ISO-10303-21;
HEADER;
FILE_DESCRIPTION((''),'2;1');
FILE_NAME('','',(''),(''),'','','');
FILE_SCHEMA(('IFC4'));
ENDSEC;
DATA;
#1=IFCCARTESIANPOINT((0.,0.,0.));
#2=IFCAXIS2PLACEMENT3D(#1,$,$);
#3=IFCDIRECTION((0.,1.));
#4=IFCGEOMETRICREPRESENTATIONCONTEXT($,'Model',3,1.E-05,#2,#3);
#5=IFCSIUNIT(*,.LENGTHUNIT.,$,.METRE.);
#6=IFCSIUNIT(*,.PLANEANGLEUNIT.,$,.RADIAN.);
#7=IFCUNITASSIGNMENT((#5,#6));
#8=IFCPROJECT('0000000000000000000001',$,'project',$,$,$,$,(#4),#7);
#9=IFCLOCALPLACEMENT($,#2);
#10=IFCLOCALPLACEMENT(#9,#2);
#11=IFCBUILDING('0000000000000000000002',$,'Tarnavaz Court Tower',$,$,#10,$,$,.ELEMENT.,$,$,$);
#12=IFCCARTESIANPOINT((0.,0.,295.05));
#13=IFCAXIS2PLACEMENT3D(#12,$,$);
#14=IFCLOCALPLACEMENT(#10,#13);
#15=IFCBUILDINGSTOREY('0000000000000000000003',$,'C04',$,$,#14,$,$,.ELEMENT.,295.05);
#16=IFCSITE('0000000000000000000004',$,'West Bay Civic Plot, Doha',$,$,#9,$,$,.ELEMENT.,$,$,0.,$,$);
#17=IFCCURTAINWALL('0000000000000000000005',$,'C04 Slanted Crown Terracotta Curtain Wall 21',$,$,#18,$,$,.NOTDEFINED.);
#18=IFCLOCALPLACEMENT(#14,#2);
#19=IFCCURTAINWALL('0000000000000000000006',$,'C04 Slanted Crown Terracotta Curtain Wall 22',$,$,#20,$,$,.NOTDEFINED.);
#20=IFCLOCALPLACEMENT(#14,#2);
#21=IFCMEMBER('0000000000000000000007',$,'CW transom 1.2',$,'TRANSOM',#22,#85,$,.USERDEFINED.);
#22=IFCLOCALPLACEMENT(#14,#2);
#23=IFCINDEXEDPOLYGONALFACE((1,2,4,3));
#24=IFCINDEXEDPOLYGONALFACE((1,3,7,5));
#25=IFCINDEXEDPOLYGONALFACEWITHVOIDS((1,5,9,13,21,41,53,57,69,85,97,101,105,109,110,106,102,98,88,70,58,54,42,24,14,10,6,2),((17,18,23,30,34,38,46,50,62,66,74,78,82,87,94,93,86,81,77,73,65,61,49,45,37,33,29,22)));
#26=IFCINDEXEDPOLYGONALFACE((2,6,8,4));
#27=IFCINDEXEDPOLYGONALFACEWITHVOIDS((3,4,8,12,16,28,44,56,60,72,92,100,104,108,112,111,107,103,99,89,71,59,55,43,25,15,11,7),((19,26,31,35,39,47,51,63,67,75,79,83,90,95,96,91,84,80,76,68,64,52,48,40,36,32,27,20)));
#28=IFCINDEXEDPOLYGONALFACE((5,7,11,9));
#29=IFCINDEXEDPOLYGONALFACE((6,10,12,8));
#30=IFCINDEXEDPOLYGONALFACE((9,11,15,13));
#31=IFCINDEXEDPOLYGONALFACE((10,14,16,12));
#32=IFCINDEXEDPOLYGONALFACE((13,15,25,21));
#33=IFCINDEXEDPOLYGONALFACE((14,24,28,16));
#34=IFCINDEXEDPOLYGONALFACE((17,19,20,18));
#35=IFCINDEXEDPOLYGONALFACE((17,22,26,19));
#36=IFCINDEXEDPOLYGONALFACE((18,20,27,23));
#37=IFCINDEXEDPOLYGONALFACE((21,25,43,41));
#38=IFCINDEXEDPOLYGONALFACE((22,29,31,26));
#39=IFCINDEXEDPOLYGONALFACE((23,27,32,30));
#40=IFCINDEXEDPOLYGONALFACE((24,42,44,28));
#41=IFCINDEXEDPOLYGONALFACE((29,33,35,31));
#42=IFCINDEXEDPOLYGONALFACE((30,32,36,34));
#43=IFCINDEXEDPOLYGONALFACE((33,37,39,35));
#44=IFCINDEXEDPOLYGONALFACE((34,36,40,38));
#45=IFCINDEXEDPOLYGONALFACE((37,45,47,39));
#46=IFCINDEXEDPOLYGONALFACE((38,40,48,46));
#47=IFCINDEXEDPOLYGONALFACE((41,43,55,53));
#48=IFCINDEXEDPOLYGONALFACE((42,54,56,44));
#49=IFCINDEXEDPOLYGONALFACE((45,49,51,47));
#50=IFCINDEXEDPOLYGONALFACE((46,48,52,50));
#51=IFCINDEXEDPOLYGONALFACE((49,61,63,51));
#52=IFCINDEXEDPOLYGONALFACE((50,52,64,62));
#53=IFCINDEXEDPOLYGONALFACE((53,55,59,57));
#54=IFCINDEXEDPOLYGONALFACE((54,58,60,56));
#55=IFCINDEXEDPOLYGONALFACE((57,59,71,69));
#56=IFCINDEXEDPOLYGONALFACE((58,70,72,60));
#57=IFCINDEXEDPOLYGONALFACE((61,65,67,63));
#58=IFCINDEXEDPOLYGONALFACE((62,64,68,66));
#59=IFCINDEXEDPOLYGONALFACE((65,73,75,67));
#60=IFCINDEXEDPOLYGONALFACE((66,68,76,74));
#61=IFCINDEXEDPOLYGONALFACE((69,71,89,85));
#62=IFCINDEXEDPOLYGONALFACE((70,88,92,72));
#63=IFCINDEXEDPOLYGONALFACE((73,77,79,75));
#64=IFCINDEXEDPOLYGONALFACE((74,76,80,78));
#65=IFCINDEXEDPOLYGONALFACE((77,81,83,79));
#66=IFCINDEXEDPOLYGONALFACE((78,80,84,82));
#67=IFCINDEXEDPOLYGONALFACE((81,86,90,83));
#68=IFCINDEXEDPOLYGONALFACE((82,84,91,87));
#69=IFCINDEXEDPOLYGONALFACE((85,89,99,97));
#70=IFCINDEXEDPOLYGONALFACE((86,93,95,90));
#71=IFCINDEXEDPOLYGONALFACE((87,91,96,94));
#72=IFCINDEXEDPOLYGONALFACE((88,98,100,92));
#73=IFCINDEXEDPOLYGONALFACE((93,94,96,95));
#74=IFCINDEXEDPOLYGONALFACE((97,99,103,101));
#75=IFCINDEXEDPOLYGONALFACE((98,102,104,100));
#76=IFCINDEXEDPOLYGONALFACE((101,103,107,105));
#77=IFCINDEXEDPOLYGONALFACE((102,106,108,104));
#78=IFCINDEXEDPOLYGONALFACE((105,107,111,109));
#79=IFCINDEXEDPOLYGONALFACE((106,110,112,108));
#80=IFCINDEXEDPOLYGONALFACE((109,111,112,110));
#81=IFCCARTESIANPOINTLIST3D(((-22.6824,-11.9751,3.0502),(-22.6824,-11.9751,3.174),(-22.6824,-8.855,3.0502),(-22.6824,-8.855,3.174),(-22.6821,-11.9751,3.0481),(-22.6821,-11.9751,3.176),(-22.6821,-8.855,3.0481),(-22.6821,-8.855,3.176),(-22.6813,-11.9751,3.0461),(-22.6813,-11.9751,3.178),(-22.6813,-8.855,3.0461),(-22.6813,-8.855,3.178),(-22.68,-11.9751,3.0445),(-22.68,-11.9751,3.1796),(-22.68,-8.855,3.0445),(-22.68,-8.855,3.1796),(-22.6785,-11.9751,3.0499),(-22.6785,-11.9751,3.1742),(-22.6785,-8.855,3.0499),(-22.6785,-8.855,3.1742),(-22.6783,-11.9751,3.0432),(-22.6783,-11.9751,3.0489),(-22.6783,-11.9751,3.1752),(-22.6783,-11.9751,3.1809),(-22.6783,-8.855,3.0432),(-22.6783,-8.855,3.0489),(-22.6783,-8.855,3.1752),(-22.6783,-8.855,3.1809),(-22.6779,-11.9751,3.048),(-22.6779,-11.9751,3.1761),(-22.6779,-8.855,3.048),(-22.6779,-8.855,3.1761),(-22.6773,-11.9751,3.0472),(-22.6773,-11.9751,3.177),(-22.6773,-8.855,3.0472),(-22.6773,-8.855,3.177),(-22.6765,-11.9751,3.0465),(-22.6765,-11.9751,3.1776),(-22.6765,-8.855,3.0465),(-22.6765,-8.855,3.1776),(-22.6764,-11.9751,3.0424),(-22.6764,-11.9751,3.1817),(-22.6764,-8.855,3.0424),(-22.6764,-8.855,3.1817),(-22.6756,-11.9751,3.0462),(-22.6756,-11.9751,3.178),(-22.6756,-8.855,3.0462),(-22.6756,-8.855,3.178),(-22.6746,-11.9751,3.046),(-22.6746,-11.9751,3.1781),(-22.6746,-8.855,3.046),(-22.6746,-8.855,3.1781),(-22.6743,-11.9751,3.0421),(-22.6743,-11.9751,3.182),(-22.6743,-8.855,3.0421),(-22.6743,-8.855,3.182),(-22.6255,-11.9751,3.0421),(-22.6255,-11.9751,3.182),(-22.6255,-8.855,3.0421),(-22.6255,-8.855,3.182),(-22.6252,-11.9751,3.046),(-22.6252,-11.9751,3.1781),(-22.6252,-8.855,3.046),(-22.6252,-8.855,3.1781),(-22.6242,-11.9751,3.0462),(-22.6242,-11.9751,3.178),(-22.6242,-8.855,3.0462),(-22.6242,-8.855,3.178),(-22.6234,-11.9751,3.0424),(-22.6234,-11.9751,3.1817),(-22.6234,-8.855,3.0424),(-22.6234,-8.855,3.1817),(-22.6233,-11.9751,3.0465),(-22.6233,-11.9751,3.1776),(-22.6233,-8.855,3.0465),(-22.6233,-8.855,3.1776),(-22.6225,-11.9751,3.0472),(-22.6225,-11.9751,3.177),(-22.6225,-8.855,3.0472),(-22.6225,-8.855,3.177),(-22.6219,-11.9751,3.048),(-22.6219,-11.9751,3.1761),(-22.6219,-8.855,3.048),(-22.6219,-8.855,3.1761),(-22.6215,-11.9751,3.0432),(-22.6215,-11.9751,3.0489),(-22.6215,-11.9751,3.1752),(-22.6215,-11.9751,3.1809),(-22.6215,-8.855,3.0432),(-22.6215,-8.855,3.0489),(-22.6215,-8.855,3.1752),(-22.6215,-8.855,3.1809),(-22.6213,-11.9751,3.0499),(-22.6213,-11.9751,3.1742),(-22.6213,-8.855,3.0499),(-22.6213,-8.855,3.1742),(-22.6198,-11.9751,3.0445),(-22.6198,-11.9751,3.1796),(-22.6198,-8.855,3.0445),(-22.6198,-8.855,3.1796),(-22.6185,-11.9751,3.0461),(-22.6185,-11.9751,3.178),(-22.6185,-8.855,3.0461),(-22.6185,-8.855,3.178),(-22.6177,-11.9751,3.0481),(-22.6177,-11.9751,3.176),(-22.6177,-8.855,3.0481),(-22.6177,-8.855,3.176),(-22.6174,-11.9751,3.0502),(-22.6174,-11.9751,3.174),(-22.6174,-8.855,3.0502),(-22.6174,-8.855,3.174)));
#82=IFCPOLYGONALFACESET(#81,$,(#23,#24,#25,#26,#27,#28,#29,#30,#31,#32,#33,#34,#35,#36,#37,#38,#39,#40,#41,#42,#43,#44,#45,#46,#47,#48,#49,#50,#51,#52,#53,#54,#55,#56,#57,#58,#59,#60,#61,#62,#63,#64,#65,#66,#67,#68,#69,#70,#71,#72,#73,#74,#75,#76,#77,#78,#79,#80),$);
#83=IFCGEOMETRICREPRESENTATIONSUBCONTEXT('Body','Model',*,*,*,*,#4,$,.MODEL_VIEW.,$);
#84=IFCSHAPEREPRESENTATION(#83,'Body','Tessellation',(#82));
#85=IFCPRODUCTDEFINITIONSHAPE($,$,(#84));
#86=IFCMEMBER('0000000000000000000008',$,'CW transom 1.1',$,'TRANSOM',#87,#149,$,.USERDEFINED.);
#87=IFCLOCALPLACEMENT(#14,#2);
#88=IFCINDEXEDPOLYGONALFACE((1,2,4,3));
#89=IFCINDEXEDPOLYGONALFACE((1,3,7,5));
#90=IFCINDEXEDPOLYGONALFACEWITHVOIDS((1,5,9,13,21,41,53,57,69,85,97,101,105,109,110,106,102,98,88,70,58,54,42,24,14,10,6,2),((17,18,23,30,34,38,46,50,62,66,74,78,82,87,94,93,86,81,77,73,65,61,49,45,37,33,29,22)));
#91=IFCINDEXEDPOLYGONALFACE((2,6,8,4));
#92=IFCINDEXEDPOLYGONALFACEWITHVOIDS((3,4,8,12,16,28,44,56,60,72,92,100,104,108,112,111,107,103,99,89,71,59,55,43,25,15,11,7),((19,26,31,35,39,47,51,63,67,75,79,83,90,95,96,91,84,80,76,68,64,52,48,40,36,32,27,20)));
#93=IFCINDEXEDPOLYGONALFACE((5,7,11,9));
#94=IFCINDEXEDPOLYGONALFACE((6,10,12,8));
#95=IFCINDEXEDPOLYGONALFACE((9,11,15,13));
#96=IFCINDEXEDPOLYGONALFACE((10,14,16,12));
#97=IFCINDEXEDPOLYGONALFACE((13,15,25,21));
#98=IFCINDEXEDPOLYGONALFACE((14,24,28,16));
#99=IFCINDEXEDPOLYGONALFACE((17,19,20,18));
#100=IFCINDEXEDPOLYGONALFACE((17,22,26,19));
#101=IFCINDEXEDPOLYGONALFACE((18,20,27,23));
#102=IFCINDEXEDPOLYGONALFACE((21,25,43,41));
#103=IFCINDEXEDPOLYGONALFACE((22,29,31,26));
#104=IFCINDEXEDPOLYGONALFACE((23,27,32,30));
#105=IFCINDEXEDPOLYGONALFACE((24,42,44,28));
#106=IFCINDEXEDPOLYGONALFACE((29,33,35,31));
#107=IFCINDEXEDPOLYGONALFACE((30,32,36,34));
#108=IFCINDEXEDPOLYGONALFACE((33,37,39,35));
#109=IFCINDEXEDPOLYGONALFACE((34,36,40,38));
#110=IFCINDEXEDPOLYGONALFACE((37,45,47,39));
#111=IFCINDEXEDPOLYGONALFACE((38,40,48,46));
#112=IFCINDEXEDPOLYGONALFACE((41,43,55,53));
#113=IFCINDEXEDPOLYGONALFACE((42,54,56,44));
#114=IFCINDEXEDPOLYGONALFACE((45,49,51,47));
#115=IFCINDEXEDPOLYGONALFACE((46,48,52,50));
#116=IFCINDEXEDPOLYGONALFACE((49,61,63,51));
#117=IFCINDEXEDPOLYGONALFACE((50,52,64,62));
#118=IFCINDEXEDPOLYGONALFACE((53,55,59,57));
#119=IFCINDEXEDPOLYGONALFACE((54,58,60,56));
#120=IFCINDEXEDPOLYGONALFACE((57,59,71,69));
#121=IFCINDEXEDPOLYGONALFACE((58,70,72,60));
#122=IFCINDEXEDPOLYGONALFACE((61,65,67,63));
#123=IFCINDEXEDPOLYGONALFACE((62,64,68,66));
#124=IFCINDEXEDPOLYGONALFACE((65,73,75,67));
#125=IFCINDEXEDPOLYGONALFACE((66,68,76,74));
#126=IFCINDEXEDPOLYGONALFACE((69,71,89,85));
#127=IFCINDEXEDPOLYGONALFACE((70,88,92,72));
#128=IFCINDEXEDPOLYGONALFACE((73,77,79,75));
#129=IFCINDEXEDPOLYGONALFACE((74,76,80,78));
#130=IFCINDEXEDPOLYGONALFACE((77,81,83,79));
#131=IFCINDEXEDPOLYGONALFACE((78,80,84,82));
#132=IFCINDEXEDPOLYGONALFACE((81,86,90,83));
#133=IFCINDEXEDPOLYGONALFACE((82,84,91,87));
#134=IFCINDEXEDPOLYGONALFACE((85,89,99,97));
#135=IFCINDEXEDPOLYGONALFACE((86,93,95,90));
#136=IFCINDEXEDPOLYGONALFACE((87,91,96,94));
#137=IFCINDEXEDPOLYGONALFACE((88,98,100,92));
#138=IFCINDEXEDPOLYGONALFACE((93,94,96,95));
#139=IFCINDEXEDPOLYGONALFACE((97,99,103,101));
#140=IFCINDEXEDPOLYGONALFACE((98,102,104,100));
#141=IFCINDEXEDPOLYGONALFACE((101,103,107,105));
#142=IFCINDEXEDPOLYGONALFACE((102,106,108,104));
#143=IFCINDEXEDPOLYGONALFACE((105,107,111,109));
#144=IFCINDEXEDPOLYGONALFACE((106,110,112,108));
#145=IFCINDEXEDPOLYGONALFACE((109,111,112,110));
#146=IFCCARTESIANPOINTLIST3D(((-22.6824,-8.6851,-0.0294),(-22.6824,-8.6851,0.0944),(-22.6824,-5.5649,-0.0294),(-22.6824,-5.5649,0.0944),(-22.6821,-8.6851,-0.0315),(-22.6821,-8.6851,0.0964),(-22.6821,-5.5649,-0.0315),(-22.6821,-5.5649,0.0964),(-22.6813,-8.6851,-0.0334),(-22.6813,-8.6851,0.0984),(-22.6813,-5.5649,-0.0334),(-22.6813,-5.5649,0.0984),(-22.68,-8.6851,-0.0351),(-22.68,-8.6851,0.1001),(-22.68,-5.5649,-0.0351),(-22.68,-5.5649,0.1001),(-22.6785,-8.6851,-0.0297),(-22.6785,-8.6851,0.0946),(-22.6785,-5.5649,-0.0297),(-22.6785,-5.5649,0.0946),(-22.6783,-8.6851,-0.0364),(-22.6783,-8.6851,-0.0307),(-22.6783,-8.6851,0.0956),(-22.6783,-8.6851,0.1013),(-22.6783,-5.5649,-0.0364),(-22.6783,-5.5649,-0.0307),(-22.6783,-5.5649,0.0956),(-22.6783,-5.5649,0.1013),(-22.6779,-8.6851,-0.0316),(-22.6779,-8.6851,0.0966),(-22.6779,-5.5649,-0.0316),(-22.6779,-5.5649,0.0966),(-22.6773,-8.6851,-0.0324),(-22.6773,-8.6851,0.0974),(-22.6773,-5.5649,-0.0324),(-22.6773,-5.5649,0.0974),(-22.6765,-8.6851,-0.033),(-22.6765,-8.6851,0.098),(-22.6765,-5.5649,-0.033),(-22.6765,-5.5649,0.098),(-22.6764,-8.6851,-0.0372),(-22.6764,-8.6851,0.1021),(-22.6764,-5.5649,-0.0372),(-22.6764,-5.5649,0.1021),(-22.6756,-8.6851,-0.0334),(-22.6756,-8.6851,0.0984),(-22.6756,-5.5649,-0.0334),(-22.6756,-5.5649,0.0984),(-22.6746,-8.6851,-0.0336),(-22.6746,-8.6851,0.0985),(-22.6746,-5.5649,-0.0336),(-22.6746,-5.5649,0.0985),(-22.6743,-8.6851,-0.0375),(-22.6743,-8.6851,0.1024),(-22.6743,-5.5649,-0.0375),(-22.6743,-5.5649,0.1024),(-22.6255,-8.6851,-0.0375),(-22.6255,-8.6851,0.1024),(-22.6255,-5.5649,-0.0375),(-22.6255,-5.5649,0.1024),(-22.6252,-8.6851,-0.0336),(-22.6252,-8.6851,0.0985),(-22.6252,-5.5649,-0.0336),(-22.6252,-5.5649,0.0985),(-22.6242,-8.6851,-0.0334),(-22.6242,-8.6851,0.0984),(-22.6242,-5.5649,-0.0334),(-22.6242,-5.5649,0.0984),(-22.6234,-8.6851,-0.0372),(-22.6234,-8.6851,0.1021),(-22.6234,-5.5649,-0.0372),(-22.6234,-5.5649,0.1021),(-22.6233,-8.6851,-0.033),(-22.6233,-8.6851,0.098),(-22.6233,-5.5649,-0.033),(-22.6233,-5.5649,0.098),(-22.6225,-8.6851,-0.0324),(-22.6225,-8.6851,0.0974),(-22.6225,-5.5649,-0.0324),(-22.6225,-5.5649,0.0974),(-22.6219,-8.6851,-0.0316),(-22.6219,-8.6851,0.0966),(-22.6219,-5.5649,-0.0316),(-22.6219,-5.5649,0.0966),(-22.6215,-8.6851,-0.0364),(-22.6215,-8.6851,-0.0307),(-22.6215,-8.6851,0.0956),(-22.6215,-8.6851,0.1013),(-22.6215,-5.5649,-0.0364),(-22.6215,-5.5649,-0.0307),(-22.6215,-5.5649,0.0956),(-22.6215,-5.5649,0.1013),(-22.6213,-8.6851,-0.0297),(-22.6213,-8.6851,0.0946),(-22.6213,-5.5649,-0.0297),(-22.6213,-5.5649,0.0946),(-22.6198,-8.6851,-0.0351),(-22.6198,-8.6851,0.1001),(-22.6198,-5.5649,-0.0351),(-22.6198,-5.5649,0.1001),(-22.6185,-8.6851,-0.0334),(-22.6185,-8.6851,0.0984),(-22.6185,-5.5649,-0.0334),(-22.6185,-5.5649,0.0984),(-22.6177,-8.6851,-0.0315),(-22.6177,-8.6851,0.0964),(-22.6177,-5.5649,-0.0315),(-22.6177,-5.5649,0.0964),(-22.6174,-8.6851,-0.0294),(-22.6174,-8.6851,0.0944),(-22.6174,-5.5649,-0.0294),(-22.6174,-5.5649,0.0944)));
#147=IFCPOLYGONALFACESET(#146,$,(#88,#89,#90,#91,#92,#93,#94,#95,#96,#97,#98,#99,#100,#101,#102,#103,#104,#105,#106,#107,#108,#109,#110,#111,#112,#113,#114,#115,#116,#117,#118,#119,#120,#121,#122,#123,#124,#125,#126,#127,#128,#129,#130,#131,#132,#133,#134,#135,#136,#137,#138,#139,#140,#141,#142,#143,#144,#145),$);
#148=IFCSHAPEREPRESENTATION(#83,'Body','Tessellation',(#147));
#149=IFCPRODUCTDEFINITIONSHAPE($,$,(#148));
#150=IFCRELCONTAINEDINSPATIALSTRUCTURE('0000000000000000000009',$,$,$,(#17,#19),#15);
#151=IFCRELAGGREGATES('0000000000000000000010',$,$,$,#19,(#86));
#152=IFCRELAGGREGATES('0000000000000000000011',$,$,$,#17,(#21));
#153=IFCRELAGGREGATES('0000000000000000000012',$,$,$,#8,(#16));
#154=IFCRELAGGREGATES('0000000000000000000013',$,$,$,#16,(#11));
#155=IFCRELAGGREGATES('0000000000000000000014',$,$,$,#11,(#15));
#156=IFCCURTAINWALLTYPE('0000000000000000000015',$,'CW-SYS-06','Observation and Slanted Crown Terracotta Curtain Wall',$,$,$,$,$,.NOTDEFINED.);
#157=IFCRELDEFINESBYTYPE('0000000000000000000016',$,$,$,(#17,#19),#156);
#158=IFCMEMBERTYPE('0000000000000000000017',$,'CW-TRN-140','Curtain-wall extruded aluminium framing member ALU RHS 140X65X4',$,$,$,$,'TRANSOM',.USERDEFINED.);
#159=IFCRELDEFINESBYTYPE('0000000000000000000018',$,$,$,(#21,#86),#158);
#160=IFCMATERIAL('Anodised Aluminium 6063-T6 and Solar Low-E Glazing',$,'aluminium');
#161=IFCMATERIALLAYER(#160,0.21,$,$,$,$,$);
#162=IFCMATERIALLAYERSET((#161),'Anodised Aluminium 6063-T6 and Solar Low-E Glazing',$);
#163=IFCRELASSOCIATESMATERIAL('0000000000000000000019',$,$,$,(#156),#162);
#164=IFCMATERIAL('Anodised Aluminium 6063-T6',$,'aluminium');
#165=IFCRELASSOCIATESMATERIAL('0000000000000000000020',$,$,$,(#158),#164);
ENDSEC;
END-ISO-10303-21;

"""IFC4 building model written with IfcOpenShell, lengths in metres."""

from ifc_helpers import new_model, si_unit, direction, frame, origin, origin_2d, place, context, subcontext, project, spatial, hollow_rectangle, extrude, material, layer, layer_set, material_profile, profile_set, type_object, element, aggregate, save


model = new_model("IFC4")

# Units and contexts
model_context = context("Model", 3, precision=1e-05, world=origin(), true_north=direction((0.0, 1.0)))
body_context = subcontext(model_context, "Body", "Model", "MODEL_VIEW")
ifc_project = project(units=[si_unit("LENGTHUNIT", "METRE"), si_unit("PLANEANGLEUNIT", "RADIAN")], contexts=[model_context])

# Site, building, storey
site_placement = place(None, origin())
site = spatial("IfcSite", under=ifc_project, at=site_placement, Name="West Bay Civic Plot, Doha", CompositionType="ELEMENT", RefElevation=0.0)
building_placement = place(site_placement, origin())
building = spatial("IfcBuilding", under=site, at=building_placement, Name="Tarnavaz Court Tower", CompositionType="ELEMENT")
storey_placement = place(building_placement, frame((0.0, 0.0, 295.05)))
storey = spatial("IfcBuildingStorey", under=building, at=storey_placement, Name="C04", CompositionType="ELEMENT", Elevation=295.05)

# Curtain wall
ifc_material_1 = material(Name="Anodised Aluminium 6063-T6 and Solar Low-E Glazing", Category="aluminium")
ifc_layer_1 = layer(ifc_material_1, 0.21)
ifc_layer_set_1 = layer_set([ifc_layer_1], Name="Anodised Aluminium 6063-T6 and Solar Low-E Glazing")
curtain_wall_type = type_object("IfcCurtainWallType", Name="CW-SYS-06", Description="Observation and Slanted Crown Terracotta Curtain Wall", PredefinedType="NOTDEFINED", material=ifc_layer_set_1)
ifc_material_2 = material(Name="Anodised Aluminium 6063-T6", Category="aluminium")
curtain_wall_1_placement = place(storey_placement, origin())
curtain_wall_1 = element("IfcCurtainWall", 1, at=curtain_wall_1_placement, inside=storey, type_object=curtain_wall_type, Name="C04 Slanted Crown Terracotta Curtain Wall 21", PredefinedType="NOTDEFINED")

# Curtain wall
curtain_wall_2_placement = place(storey_placement, origin())
curtain_wall_2 = element("IfcCurtainWall", 2, at=curtain_wall_2_placement, inside=storey, type_object=curtain_wall_type, Name="C04 Slanted Crown Terracotta Curtain Wall 22", PredefinedType="NOTDEFINED")

# Members
ifc_material_profile_1 = material_profile(ifc_material_2, hollow_rectangle(XDim=0.0649, YDim=0.1399, WallThickness=0.0039, InnerFilletRadius=0.0039, OuterFilletRadius=0.0081, at=origin_2d()), Name="ALU RHS 140X65X4")
ifc_profile_set_1 = profile_set([ifc_material_profile_1], Name="Anodised Aluminium 6063-T6")
member_type_1 = type_object("IfcMemberType", Name="CW-TRN-140", Description="Curtain-wall extruded aluminium framing member ALU RHS 140X65X4", ElementType="TRANSOM", PredefinedType="USERDEFINED", material=ifc_profile_set_1)
member_1_placement = place(storey_placement, frame((-22.6499, -11.9751, 3.1121), z_axis=(0.0, 1.0, 0.0), x_axis=(-1.0, 0.0, 0.0)))
member_1 = element("IfcMember", 3, at=member_1_placement, type_object=member_type_1, Name="CW transom 1.2", ObjectType="TRANSOM", PredefinedType="USERDEFINED", context=body_context, shape_type="SweptSolid", body=[
    extrude(hollow_rectangle(XDim=0.0649, YDim=0.1399, WallThickness=0.0039, InnerFilletRadius=0.0039, OuterFilletRadius=0.0081, at=origin_2d()), origin(), (0.0, 0.0, 1.0), 3.1201),
])
member_2_placement = place(storey_placement, frame((-22.6499, -8.6851, 0.0325), z_axis=(0.0, 1.0, 0.0), x_axis=(-1.0, 0.0, 0.0)))
member_2 = element("IfcMember", 4, at=member_2_placement, type_object=member_type_1, Name="CW transom 1.1", ObjectType="TRANSOM", PredefinedType="USERDEFINED", context=body_context, shape_type="SweptSolid", body=[
    extrude(hollow_rectangle(XDim=0.0649, YDim=0.1399, WallThickness=0.0039, InnerFilletRadius=0.0039, OuterFilletRadius=0.0081, at=origin_2d()), origin(), (0.0, 0.0, 1.0), 3.1201),
])
aggregate(curtain_wall_2, [member_2])

aggregate(curtain_wall_1, [member_1])

save(model, "model.ifc")
